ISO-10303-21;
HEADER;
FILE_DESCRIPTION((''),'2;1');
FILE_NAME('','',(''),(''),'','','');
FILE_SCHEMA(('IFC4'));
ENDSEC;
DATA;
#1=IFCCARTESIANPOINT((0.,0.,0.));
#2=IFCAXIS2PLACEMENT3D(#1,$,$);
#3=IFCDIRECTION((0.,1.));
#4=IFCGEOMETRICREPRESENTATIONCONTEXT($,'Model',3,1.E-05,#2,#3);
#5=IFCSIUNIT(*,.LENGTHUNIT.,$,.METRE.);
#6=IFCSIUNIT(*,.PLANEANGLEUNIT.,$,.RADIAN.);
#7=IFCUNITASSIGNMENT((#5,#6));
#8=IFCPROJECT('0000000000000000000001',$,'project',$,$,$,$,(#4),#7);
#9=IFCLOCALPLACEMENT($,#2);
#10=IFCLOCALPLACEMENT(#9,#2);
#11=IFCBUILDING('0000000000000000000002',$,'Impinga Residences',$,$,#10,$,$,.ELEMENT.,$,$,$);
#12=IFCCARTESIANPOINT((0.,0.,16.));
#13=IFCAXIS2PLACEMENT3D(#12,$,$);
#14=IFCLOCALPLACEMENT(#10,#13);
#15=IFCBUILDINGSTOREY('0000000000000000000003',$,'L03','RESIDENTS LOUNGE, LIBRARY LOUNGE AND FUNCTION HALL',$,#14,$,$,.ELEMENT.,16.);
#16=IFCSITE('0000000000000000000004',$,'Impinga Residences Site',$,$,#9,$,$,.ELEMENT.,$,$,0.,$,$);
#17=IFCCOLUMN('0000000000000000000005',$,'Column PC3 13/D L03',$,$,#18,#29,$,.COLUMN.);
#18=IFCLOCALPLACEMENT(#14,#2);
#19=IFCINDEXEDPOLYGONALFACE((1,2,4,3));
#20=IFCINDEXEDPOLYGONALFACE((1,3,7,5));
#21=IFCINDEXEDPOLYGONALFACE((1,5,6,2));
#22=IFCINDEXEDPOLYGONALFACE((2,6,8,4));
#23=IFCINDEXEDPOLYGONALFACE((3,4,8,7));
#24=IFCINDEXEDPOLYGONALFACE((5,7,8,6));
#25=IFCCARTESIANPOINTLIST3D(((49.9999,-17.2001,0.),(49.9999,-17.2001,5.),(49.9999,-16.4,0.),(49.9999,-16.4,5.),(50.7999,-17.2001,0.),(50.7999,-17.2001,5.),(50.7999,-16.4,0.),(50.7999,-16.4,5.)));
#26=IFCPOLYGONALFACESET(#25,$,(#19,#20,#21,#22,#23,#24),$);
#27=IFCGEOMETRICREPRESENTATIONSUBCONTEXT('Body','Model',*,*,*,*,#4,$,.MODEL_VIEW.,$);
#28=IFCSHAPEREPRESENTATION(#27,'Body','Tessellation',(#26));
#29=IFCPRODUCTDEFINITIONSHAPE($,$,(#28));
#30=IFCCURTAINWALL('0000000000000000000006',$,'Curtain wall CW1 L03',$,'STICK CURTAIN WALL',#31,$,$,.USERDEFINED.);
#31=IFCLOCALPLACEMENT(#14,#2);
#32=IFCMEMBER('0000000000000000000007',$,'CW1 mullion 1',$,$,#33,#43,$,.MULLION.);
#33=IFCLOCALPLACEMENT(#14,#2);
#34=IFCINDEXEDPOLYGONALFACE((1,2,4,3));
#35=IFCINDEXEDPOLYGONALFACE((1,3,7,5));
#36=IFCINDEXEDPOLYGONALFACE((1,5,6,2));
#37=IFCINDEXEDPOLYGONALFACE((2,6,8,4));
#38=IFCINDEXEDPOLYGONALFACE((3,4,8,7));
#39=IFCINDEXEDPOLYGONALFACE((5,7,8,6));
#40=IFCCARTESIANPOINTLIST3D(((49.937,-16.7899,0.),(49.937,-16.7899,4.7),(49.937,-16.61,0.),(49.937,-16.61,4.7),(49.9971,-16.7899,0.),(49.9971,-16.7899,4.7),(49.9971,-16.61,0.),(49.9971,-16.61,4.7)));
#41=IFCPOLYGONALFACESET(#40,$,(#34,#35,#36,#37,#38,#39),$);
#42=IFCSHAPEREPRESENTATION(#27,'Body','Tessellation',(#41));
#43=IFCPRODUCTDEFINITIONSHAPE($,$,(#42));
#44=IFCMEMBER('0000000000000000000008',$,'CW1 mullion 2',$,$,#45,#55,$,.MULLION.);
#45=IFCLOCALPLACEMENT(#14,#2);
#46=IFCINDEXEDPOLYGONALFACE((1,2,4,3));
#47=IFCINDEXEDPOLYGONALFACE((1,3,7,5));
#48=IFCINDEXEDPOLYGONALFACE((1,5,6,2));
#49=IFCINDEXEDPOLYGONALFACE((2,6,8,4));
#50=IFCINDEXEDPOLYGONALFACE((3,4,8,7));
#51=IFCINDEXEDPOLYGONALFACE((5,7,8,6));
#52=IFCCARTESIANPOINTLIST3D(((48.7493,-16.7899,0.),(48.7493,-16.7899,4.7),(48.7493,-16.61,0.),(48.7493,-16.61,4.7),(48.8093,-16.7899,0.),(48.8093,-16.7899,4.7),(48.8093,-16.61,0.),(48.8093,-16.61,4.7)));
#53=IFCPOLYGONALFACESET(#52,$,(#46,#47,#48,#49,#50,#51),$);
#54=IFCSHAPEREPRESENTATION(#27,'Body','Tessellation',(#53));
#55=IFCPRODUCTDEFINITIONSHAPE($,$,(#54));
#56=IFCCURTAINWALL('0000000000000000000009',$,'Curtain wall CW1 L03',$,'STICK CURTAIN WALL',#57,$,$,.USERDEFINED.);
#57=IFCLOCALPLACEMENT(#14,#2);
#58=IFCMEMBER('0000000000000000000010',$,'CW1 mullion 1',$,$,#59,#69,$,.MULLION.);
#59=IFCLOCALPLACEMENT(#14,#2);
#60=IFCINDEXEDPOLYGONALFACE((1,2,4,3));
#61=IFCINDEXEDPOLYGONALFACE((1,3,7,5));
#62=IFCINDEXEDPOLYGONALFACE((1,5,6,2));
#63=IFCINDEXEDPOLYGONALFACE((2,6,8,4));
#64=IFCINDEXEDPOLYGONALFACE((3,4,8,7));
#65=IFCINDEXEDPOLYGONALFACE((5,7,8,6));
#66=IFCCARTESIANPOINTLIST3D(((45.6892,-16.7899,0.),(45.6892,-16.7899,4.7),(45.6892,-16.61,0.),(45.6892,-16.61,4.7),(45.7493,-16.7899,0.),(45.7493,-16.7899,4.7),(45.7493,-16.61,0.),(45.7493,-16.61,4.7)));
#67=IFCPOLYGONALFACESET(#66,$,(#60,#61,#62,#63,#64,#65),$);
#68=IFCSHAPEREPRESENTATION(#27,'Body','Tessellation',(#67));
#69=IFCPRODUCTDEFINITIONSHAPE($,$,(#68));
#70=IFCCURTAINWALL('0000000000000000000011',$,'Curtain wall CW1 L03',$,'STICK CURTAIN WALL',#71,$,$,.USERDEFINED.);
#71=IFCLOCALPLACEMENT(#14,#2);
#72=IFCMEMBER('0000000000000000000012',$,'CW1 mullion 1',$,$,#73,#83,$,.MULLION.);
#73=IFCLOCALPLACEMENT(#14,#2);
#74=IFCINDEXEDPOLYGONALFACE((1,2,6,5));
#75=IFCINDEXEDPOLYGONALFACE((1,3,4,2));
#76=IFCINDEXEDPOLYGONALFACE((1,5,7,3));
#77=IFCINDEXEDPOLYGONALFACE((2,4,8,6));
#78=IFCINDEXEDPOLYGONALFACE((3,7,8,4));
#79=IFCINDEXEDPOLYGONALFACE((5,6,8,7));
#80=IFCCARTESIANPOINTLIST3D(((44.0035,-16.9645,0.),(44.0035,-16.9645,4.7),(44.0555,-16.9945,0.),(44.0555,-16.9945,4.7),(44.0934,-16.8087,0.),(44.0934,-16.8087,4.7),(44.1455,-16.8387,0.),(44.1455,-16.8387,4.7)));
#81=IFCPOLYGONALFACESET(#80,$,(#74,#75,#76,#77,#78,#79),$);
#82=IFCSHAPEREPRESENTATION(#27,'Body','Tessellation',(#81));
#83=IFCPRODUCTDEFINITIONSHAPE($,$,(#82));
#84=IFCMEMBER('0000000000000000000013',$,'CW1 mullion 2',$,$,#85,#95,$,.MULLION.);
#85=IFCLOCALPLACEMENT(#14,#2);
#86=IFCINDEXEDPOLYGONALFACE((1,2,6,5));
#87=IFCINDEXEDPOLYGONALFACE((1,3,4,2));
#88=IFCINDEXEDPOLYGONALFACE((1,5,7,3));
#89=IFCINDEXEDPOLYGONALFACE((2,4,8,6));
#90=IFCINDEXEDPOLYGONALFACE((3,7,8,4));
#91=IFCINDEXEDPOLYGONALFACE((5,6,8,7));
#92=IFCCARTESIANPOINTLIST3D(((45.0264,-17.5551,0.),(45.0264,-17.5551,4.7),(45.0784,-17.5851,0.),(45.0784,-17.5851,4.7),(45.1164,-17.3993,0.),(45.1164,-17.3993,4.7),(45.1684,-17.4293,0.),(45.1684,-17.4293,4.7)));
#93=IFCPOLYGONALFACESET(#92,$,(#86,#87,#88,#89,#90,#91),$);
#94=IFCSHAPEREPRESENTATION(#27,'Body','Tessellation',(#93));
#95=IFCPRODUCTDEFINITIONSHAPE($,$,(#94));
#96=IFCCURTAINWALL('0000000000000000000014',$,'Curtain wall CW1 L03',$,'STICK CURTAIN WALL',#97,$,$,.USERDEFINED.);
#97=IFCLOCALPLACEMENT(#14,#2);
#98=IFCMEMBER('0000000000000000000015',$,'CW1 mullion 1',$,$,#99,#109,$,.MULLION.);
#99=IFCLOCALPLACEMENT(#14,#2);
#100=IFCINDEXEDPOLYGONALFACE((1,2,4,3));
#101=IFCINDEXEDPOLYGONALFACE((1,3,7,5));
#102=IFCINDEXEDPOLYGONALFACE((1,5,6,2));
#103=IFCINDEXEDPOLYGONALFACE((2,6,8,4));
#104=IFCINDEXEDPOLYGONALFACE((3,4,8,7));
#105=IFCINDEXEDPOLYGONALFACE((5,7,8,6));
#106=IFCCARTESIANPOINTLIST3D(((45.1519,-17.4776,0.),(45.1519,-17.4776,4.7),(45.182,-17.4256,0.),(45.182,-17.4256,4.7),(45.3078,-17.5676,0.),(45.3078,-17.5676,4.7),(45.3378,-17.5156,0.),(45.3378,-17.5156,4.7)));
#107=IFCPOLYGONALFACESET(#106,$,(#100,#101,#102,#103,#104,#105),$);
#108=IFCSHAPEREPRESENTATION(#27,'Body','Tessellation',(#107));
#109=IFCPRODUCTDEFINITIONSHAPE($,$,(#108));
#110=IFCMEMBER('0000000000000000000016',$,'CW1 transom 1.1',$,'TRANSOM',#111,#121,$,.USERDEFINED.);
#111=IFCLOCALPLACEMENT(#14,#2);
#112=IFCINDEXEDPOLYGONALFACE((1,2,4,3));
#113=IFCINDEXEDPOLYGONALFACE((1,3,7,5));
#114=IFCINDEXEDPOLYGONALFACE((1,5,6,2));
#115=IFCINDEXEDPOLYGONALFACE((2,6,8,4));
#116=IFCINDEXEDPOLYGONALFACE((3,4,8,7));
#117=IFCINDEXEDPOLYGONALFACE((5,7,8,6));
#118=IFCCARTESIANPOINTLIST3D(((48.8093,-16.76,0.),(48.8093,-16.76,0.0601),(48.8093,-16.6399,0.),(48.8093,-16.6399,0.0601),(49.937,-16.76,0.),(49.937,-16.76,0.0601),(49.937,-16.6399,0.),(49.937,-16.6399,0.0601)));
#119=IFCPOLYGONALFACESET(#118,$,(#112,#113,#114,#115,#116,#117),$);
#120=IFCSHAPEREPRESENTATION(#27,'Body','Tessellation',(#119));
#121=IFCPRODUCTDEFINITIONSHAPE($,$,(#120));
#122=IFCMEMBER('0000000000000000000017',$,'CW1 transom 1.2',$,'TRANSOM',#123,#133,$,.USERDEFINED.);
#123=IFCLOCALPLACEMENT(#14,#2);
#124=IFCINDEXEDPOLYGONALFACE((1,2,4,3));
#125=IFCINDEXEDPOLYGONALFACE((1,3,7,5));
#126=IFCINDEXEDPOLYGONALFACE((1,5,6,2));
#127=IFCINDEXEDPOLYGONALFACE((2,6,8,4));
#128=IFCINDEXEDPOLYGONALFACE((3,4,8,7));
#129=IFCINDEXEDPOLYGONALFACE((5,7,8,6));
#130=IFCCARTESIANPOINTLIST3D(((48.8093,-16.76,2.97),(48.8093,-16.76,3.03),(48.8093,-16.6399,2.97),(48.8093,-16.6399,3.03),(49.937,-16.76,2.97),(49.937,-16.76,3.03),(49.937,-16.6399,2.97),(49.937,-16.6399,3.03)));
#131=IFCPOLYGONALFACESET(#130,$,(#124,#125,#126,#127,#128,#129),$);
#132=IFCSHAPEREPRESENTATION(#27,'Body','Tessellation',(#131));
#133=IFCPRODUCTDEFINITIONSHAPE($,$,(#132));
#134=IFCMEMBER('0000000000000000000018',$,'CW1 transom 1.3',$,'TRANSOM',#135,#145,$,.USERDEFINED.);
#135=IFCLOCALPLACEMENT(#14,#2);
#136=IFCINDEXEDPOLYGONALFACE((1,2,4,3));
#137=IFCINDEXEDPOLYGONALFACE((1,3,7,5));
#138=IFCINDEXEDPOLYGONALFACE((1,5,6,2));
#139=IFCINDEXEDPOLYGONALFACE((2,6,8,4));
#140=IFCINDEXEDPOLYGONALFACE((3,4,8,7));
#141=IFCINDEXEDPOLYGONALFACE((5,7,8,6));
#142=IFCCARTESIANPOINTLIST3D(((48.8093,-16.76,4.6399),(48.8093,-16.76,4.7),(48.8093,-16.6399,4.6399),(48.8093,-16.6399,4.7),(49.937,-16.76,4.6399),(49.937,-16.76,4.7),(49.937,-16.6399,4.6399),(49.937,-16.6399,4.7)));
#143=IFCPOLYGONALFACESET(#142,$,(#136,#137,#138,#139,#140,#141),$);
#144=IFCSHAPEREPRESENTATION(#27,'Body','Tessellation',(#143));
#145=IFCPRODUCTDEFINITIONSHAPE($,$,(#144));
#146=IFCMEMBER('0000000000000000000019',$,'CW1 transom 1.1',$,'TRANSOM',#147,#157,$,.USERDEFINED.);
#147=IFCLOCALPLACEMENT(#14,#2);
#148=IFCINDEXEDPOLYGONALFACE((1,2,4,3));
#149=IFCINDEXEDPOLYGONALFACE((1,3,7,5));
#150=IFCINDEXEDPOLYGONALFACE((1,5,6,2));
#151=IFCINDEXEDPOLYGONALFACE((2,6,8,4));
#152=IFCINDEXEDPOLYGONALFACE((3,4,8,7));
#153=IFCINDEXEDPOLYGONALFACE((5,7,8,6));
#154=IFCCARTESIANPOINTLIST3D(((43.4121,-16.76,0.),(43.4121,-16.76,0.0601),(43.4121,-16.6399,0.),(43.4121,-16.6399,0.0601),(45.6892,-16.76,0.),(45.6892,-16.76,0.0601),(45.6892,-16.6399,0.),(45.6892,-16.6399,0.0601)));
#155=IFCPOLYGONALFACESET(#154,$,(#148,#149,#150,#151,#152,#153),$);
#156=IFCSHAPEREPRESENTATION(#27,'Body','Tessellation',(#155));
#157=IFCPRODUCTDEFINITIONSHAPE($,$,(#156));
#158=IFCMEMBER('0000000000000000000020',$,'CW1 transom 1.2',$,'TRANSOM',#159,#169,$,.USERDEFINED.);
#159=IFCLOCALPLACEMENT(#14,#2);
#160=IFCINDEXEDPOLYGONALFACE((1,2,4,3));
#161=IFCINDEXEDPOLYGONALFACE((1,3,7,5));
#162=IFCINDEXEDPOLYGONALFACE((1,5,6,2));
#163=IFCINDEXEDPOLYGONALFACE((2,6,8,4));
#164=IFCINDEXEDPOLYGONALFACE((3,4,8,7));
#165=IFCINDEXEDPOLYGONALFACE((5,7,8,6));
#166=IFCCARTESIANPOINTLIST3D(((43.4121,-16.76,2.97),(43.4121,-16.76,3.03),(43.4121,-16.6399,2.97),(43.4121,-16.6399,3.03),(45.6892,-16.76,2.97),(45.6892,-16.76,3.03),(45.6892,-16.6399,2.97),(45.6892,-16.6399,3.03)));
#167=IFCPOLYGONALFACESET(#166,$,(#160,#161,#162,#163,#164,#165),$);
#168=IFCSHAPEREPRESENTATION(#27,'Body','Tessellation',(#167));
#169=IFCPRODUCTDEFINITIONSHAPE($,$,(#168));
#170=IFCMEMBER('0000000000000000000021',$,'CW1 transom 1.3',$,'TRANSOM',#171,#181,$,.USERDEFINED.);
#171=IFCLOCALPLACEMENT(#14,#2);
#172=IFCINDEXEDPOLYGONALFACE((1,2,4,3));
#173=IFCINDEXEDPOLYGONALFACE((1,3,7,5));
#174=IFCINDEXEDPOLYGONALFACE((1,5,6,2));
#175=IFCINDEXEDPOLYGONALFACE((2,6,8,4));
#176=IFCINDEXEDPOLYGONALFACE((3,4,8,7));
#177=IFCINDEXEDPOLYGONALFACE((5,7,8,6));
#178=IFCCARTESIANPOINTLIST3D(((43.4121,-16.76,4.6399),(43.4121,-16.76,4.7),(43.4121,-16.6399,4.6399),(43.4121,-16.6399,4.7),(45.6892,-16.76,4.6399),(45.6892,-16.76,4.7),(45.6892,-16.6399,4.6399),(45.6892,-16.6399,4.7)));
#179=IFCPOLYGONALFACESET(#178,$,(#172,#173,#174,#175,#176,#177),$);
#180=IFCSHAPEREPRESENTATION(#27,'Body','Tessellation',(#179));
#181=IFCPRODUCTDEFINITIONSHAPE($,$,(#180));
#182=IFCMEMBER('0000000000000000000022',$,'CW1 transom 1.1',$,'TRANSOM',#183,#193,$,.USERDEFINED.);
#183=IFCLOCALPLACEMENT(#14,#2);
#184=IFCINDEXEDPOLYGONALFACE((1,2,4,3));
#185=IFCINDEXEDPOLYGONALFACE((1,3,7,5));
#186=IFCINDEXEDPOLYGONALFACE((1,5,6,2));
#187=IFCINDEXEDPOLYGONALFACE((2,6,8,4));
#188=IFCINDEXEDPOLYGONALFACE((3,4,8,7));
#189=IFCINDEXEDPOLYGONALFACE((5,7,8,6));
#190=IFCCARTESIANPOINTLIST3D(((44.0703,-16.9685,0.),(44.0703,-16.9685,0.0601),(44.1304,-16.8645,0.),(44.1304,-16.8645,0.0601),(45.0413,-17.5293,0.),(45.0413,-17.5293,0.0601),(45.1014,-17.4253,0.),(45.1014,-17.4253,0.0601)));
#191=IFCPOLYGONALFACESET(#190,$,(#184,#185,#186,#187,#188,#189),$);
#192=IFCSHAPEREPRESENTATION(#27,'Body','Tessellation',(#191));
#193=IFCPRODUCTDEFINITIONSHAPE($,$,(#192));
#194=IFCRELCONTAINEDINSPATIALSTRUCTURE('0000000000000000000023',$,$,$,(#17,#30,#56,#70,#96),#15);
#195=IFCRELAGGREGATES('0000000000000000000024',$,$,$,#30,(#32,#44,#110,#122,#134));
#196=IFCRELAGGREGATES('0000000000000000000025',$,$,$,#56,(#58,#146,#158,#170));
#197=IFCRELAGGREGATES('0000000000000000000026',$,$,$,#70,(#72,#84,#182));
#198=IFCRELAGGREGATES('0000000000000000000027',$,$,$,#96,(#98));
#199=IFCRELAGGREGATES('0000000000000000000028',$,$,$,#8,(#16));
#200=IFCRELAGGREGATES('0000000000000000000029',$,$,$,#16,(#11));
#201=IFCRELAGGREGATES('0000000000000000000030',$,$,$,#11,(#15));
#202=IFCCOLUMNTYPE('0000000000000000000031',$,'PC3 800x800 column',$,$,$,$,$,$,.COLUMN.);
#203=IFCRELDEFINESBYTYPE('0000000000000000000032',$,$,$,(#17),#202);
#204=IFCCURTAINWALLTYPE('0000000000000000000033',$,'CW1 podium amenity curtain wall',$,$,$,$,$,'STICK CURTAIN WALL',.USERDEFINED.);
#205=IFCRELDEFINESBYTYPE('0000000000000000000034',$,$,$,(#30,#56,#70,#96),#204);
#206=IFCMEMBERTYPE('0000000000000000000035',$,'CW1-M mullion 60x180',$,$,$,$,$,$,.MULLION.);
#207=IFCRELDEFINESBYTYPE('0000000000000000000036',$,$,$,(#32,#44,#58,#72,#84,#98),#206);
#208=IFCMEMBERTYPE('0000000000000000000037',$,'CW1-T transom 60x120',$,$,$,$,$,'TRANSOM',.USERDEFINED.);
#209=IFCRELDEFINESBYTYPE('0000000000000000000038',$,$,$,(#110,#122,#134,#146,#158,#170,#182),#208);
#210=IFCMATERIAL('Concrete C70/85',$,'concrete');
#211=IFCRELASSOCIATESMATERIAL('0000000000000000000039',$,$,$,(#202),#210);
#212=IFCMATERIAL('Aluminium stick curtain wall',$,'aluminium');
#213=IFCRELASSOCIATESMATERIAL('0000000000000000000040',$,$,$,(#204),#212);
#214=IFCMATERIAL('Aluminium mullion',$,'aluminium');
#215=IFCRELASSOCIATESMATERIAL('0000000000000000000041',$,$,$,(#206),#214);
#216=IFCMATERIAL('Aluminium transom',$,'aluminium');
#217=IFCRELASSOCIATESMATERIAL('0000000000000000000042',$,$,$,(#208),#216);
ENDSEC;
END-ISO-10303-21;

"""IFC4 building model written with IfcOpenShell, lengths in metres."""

from ifc_helpers import new_model, si_unit, direction, frame, origin, origin_2d, place, context, subcontext, project, spatial, rectangle, extrude, material, material_profile, profile_set, type_object, element, aggregate, save


model = new_model("IFC4")

# Units and contexts
model_context = context("Model", 3, precision=1e-05, world=origin(), true_north=direction((0.0, 1.0)))
body_context = subcontext(model_context, "Body", "Model", "MODEL_VIEW")
ifc_project = project(units=[si_unit("LENGTHUNIT", "METRE"), si_unit("PLANEANGLEUNIT", "RADIAN")], contexts=[model_context])

# Site, building, storey
site_placement = place(None, origin())
site = spatial("IfcSite", under=ifc_project, at=site_placement, Name="Impinga Residences Site", CompositionType="ELEMENT", RefElevation=0.0)
building_placement = place(site_placement, origin())
building = spatial("IfcBuilding", under=site, at=building_placement, Name="Impinga Residences", CompositionType="ELEMENT")
storey_placement = place(building_placement, frame((0.0, 0.0, 16.0)))
storey = spatial("IfcBuildingStorey", under=building, at=storey_placement, Name="L03", Description="RESIDENTS LOUNGE, LIBRARY LOUNGE AND FUNCTION HALL", CompositionType="ELEMENT", Elevation=16.0)

# Column
ifc_material_1 = material(Name="Concrete C70/85", Category="concrete")
ifc_material_profile_1 = material_profile(ifc_material_1, rectangle(XDim=0.8, YDim=0.8, at=origin_2d()), Name="RC 800x800")
ifc_profile_set_1 = profile_set([ifc_material_profile_1], Name="Concrete C70/85")
column_type = type_object("IfcColumnType", Name="PC3 800x800 column", PredefinedType="COLUMN", material=ifc_profile_set_1)
column_placement = place(storey_placement, frame((50.3999, -16.8, 0.0), z_axis=(0.0, 0.0, 1.0), x_axis=(1.0, 0.0, 0.0)))
element("IfcColumn", 1, at=column_placement, inside=storey, type_object=column_type, Name="Column PC3 13/D L03", PredefinedType="COLUMN", context=body_context, shape_type="SweptSolid", body=[
    extrude(rectangle(XDim=0.8, YDim=0.8, at=origin_2d()), origin(), (0.0, 0.0, 1.0), 5.0),
])

# Curtain wall, members
ifc_material_2 = material(Name="Aluminium stick curtain wall", Category="aluminium")
curtain_wall_type = type_object("IfcCurtainWallType", Name="CW1 podium amenity curtain wall", ElementType="STICK CURTAIN WALL", PredefinedType="USERDEFINED", material=ifc_material_2)
curtain_wall_1_placement = place(storey_placement, origin())
curtain_wall_1 = element("IfcCurtainWall", 2, at=curtain_wall_1_placement, inside=storey, type_object=curtain_wall_type, Name="Curtain wall CW1 L03", ObjectType="STICK CURTAIN WALL", PredefinedType="USERDEFINED")
ifc_material_3 = material(Name="Aluminium mullion", Category="aluminium")
ifc_material_profile_2 = material_profile(ifc_material_3, rectangle(XDim=0.0601, YDim=0.1799, at=origin_2d()), Name="60x180 mullion")
ifc_profile_set_2 = profile_set([ifc_material_profile_2], Name="Aluminium mullion")
member_type_1 = type_object("IfcMemberType", Name="CW1-M mullion 60x180", PredefinedType="MULLION", material=ifc_profile_set_2)
member_1_placement = place(storey_placement, frame((49.967, -16.7, 0.0), z_axis=(0.0, 0.0, 1.0), x_axis=(-1.0, 0.0, 0.0)))
member_1 = element("IfcMember", 3, at=member_1_placement, type_object=member_type_1, Name="CW1 mullion 1", PredefinedType="MULLION", context=body_context, shape_type="SweptSolid", body=[
    extrude(rectangle(XDim=0.0601, YDim=0.1799, at=origin_2d()), origin(), (0.0, 0.0, 1.0), 4.7),
])
member_2_placement = place(storey_placement, frame((48.7793, -16.7, 0.0), z_axis=(0.0, 0.0, 1.0), x_axis=(-1.0, 0.0, 0.0)))
member_2 = element("IfcMember", 4, at=member_2_placement, type_object=member_type_1, Name="CW1 mullion 2", PredefinedType="MULLION", context=body_context, shape_type="SweptSolid", body=[
    extrude(rectangle(XDim=0.0601, YDim=0.1799, at=origin_2d()), origin(), (0.0, 0.0, 1.0), 4.7),
])

# Curtain wall, member
curtain_wall_2_placement = place(storey_placement, origin())
curtain_wall_2 = element("IfcCurtainWall", 5, at=curtain_wall_2_placement, inside=storey, type_object=curtain_wall_type, Name="Curtain wall CW1 L03", ObjectType="STICK CURTAIN WALL", PredefinedType="USERDEFINED")
member_3_placement = place(storey_placement, frame((45.7192, -16.7, 0.0), z_axis=(0.0, 0.0, 1.0), x_axis=(-1.0, 0.0, 0.0)))
member_3 = element("IfcMember", 6, at=member_3_placement, type_object=member_type_1, Name="CW1 mullion 1", PredefinedType="MULLION", context=body_context, shape_type="SweptSolid", body=[
    extrude(rectangle(XDim=0.0601, YDim=0.1799, at=origin_2d()), origin(), (0.0, 0.0, 1.0), 4.7),
])

# Curtain wall, members
curtain_wall_3_placement = place(storey_placement, origin())
curtain_wall_3 = element("IfcCurtainWall", 7, at=curtain_wall_3_placement, inside=storey, type_object=curtain_wall_type, Name="Curtain wall CW1 L03", ObjectType="STICK CURTAIN WALL", PredefinedType="USERDEFINED")
member_4_placement = place(storey_placement, frame((44.0745, -16.9016, 0.0), z_axis=(0.0, 0.0, 1.0), x_axis=(0.866025, -0.5, 0.0)))
member_4 = element("IfcMember", 8, at=member_4_placement, type_object=member_type_1, Name="CW1 mullion 1", PredefinedType="MULLION", context=body_context, shape_type="SweptSolid", body=[
    extrude(rectangle(XDim=0.0601, YDim=0.1799, at=origin_2d()), origin(), (0.0, 0.0, 1.0), 4.7),
])
member_5_placement = place(storey_placement, frame((45.0974, -17.4922, 0.0), z_axis=(0.0, 0.0, 1.0), x_axis=(0.866025, -0.5, 0.0)))
member_5 = element("IfcMember", 9, at=member_5_placement, type_object=member_type_1, Name="CW1 mullion 2", PredefinedType="MULLION", context=body_context, shape_type="SweptSolid", body=[
    extrude(rectangle(XDim=0.0601, YDim=0.1799, at=origin_2d()), origin(), (0.0, 0.0, 1.0), 4.7),
])

# Curtain wall, member
curtain_wall_4_placement = place(storey_placement, origin())
curtain_wall_4 = element("IfcCurtainWall", 10, at=curtain_wall_4_placement, inside=storey, type_object=curtain_wall_type, Name="Curtain wall CW1 L03", ObjectType="STICK CURTAIN WALL", PredefinedType="USERDEFINED")
member_6_placement = place(storey_placement, frame((45.2449, -17.4966, 0.0), z_axis=(0.0, 0.0, 1.0), x_axis=(-0.5, -0.866025, 0.0)))
member_6 = element("IfcMember", 11, at=member_6_placement, type_object=member_type_1, Name="CW1 mullion 1", PredefinedType="MULLION", context=body_context, shape_type="SweptSolid", body=[
    extrude(rectangle(XDim=0.0601, YDim=0.1799, at=origin_2d()), origin(), (0.0, 0.0, 1.0), 4.7),
])

# Members
ifc_material_4 = material(Name="Aluminium transom", Category="aluminium")
ifc_material_profile_3 = material_profile(ifc_material_4, rectangle(XDim=0.0601, YDim=0.1201, at=origin_2d()), Name="60x120 transom")
ifc_profile_set_3 = profile_set([ifc_material_profile_3], Name="Aluminium transom")
member_type_2 = type_object("IfcMemberType", Name="CW1-T transom 60x120", ElementType="TRANSOM", PredefinedType="USERDEFINED", material=ifc_profile_set_3)
member_7_placement = place(storey_placement, frame((49.937, -16.7, 0.03), z_axis=(-1.0, 0.0, 0.0), x_axis=(0.0, 0.0, 1.0)))
member_7 = element("IfcMember", 12, at=member_7_placement, type_object=member_type_2, Name="CW1 transom 1.1", ObjectType="TRANSOM", PredefinedType="USERDEFINED", context=body_context, shape_type="SweptSolid", body=[
    extrude(rectangle(XDim=0.0601, YDim=0.1201, at=origin_2d()), origin(), (0.0, 0.0, 1.0), 1.1277),
])
member_8_placement = place(storey_placement, frame((49.937, -16.7, 3.0), z_axis=(-1.0, 0.0, 0.0), x_axis=(0.0, 0.0, 1.0)))
member_8 = element("IfcMember", 13, at=member_8_placement, type_object=member_type_2, Name="CW1 transom 1.2", ObjectType="TRANSOM", PredefinedType="USERDEFINED", context=body_context, shape_type="SweptSolid", body=[
    extrude(rectangle(XDim=0.0601, YDim=0.1201, at=origin_2d()), origin(), (0.0, 0.0, 1.0), 1.1277),
])
member_9_placement = place(storey_placement, frame((49.937, -16.7, 4.6699), z_axis=(-1.0, 0.0, 0.0), x_axis=(0.0, 0.0, 1.0)))
member_9 = element("IfcMember", 14, at=member_9_placement, type_object=member_type_2, Name="CW1 transom 1.3", ObjectType="TRANSOM", PredefinedType="USERDEFINED", context=body_context, shape_type="SweptSolid", body=[
    extrude(rectangle(XDim=0.0601, YDim=0.1201, at=origin_2d()), origin(), (0.0, 0.0, 1.0), 1.1277),
])
member_10_placement = place(storey_placement, frame((45.6892, -16.7, 0.03), z_axis=(-1.0, 0.0, 0.0), x_axis=(0.0, 0.0, 1.0)))
member_10 = element("IfcMember", 15, at=member_10_placement, type_object=member_type_2, Name="CW1 transom 1.1", ObjectType="TRANSOM", PredefinedType="USERDEFINED", context=body_context, shape_type="SweptSolid", body=[
    extrude(rectangle(XDim=0.0601, YDim=0.1201, at=origin_2d()), origin(), (0.0, 0.0, 1.0), 2.2771),
])
member_11_placement = place(storey_placement, frame((45.6892, -16.7, 3.0), z_axis=(-1.0, 0.0, 0.0), x_axis=(0.0, 0.0, 1.0)))
member_11 = element("IfcMember", 16, at=member_11_placement, type_object=member_type_2, Name="CW1 transom 1.2", ObjectType="TRANSOM", PredefinedType="USERDEFINED", context=body_context, shape_type="SweptSolid", body=[
    extrude(rectangle(XDim=0.0601, YDim=0.1201, at=origin_2d()), origin(), (0.0, 0.0, 1.0), 2.2771),
])
member_12_placement = place(storey_placement, frame((45.6892, -16.7, 4.6699), z_axis=(-1.0, 0.0, 0.0), x_axis=(0.0, 0.0, 1.0)))
member_12 = element("IfcMember", 17, at=member_12_placement, type_object=member_type_2, Name="CW1 transom 1.3", ObjectType="TRANSOM", PredefinedType="USERDEFINED", context=body_context, shape_type="SweptSolid", body=[
    extrude(rectangle(XDim=0.0601, YDim=0.1201, at=origin_2d()), origin(), (0.0, 0.0, 1.0), 2.2771),
])
member_13_placement = place(storey_placement, frame((44.1003, -16.9165, 0.03), z_axis=(0.865943, -0.500143, 0.0), x_axis=(0.0, 0.0, 1.0)))
member_13 = element("IfcMember", 18, at=member_13_placement, type_object=member_type_2, Name="CW1 transom 1.1", ObjectType="TRANSOM", PredefinedType="USERDEFINED", context=body_context, shape_type="SweptSolid", body=[
    extrude(rectangle(XDim=0.0601, YDim=0.1201, at=origin_2d()), origin(), (0.0, 0.0, 1.0), 1.1213),
])

aggregate(curtain_wall_1, [member_1, member_2, member_7, member_8, member_9])
aggregate(curtain_wall_2, [member_3, member_10, member_11, member_12])
aggregate(curtain_wall_3, [member_4, member_5, member_13])
aggregate(curtain_wall_4, [member_6])

save(model, "model.ifc")
